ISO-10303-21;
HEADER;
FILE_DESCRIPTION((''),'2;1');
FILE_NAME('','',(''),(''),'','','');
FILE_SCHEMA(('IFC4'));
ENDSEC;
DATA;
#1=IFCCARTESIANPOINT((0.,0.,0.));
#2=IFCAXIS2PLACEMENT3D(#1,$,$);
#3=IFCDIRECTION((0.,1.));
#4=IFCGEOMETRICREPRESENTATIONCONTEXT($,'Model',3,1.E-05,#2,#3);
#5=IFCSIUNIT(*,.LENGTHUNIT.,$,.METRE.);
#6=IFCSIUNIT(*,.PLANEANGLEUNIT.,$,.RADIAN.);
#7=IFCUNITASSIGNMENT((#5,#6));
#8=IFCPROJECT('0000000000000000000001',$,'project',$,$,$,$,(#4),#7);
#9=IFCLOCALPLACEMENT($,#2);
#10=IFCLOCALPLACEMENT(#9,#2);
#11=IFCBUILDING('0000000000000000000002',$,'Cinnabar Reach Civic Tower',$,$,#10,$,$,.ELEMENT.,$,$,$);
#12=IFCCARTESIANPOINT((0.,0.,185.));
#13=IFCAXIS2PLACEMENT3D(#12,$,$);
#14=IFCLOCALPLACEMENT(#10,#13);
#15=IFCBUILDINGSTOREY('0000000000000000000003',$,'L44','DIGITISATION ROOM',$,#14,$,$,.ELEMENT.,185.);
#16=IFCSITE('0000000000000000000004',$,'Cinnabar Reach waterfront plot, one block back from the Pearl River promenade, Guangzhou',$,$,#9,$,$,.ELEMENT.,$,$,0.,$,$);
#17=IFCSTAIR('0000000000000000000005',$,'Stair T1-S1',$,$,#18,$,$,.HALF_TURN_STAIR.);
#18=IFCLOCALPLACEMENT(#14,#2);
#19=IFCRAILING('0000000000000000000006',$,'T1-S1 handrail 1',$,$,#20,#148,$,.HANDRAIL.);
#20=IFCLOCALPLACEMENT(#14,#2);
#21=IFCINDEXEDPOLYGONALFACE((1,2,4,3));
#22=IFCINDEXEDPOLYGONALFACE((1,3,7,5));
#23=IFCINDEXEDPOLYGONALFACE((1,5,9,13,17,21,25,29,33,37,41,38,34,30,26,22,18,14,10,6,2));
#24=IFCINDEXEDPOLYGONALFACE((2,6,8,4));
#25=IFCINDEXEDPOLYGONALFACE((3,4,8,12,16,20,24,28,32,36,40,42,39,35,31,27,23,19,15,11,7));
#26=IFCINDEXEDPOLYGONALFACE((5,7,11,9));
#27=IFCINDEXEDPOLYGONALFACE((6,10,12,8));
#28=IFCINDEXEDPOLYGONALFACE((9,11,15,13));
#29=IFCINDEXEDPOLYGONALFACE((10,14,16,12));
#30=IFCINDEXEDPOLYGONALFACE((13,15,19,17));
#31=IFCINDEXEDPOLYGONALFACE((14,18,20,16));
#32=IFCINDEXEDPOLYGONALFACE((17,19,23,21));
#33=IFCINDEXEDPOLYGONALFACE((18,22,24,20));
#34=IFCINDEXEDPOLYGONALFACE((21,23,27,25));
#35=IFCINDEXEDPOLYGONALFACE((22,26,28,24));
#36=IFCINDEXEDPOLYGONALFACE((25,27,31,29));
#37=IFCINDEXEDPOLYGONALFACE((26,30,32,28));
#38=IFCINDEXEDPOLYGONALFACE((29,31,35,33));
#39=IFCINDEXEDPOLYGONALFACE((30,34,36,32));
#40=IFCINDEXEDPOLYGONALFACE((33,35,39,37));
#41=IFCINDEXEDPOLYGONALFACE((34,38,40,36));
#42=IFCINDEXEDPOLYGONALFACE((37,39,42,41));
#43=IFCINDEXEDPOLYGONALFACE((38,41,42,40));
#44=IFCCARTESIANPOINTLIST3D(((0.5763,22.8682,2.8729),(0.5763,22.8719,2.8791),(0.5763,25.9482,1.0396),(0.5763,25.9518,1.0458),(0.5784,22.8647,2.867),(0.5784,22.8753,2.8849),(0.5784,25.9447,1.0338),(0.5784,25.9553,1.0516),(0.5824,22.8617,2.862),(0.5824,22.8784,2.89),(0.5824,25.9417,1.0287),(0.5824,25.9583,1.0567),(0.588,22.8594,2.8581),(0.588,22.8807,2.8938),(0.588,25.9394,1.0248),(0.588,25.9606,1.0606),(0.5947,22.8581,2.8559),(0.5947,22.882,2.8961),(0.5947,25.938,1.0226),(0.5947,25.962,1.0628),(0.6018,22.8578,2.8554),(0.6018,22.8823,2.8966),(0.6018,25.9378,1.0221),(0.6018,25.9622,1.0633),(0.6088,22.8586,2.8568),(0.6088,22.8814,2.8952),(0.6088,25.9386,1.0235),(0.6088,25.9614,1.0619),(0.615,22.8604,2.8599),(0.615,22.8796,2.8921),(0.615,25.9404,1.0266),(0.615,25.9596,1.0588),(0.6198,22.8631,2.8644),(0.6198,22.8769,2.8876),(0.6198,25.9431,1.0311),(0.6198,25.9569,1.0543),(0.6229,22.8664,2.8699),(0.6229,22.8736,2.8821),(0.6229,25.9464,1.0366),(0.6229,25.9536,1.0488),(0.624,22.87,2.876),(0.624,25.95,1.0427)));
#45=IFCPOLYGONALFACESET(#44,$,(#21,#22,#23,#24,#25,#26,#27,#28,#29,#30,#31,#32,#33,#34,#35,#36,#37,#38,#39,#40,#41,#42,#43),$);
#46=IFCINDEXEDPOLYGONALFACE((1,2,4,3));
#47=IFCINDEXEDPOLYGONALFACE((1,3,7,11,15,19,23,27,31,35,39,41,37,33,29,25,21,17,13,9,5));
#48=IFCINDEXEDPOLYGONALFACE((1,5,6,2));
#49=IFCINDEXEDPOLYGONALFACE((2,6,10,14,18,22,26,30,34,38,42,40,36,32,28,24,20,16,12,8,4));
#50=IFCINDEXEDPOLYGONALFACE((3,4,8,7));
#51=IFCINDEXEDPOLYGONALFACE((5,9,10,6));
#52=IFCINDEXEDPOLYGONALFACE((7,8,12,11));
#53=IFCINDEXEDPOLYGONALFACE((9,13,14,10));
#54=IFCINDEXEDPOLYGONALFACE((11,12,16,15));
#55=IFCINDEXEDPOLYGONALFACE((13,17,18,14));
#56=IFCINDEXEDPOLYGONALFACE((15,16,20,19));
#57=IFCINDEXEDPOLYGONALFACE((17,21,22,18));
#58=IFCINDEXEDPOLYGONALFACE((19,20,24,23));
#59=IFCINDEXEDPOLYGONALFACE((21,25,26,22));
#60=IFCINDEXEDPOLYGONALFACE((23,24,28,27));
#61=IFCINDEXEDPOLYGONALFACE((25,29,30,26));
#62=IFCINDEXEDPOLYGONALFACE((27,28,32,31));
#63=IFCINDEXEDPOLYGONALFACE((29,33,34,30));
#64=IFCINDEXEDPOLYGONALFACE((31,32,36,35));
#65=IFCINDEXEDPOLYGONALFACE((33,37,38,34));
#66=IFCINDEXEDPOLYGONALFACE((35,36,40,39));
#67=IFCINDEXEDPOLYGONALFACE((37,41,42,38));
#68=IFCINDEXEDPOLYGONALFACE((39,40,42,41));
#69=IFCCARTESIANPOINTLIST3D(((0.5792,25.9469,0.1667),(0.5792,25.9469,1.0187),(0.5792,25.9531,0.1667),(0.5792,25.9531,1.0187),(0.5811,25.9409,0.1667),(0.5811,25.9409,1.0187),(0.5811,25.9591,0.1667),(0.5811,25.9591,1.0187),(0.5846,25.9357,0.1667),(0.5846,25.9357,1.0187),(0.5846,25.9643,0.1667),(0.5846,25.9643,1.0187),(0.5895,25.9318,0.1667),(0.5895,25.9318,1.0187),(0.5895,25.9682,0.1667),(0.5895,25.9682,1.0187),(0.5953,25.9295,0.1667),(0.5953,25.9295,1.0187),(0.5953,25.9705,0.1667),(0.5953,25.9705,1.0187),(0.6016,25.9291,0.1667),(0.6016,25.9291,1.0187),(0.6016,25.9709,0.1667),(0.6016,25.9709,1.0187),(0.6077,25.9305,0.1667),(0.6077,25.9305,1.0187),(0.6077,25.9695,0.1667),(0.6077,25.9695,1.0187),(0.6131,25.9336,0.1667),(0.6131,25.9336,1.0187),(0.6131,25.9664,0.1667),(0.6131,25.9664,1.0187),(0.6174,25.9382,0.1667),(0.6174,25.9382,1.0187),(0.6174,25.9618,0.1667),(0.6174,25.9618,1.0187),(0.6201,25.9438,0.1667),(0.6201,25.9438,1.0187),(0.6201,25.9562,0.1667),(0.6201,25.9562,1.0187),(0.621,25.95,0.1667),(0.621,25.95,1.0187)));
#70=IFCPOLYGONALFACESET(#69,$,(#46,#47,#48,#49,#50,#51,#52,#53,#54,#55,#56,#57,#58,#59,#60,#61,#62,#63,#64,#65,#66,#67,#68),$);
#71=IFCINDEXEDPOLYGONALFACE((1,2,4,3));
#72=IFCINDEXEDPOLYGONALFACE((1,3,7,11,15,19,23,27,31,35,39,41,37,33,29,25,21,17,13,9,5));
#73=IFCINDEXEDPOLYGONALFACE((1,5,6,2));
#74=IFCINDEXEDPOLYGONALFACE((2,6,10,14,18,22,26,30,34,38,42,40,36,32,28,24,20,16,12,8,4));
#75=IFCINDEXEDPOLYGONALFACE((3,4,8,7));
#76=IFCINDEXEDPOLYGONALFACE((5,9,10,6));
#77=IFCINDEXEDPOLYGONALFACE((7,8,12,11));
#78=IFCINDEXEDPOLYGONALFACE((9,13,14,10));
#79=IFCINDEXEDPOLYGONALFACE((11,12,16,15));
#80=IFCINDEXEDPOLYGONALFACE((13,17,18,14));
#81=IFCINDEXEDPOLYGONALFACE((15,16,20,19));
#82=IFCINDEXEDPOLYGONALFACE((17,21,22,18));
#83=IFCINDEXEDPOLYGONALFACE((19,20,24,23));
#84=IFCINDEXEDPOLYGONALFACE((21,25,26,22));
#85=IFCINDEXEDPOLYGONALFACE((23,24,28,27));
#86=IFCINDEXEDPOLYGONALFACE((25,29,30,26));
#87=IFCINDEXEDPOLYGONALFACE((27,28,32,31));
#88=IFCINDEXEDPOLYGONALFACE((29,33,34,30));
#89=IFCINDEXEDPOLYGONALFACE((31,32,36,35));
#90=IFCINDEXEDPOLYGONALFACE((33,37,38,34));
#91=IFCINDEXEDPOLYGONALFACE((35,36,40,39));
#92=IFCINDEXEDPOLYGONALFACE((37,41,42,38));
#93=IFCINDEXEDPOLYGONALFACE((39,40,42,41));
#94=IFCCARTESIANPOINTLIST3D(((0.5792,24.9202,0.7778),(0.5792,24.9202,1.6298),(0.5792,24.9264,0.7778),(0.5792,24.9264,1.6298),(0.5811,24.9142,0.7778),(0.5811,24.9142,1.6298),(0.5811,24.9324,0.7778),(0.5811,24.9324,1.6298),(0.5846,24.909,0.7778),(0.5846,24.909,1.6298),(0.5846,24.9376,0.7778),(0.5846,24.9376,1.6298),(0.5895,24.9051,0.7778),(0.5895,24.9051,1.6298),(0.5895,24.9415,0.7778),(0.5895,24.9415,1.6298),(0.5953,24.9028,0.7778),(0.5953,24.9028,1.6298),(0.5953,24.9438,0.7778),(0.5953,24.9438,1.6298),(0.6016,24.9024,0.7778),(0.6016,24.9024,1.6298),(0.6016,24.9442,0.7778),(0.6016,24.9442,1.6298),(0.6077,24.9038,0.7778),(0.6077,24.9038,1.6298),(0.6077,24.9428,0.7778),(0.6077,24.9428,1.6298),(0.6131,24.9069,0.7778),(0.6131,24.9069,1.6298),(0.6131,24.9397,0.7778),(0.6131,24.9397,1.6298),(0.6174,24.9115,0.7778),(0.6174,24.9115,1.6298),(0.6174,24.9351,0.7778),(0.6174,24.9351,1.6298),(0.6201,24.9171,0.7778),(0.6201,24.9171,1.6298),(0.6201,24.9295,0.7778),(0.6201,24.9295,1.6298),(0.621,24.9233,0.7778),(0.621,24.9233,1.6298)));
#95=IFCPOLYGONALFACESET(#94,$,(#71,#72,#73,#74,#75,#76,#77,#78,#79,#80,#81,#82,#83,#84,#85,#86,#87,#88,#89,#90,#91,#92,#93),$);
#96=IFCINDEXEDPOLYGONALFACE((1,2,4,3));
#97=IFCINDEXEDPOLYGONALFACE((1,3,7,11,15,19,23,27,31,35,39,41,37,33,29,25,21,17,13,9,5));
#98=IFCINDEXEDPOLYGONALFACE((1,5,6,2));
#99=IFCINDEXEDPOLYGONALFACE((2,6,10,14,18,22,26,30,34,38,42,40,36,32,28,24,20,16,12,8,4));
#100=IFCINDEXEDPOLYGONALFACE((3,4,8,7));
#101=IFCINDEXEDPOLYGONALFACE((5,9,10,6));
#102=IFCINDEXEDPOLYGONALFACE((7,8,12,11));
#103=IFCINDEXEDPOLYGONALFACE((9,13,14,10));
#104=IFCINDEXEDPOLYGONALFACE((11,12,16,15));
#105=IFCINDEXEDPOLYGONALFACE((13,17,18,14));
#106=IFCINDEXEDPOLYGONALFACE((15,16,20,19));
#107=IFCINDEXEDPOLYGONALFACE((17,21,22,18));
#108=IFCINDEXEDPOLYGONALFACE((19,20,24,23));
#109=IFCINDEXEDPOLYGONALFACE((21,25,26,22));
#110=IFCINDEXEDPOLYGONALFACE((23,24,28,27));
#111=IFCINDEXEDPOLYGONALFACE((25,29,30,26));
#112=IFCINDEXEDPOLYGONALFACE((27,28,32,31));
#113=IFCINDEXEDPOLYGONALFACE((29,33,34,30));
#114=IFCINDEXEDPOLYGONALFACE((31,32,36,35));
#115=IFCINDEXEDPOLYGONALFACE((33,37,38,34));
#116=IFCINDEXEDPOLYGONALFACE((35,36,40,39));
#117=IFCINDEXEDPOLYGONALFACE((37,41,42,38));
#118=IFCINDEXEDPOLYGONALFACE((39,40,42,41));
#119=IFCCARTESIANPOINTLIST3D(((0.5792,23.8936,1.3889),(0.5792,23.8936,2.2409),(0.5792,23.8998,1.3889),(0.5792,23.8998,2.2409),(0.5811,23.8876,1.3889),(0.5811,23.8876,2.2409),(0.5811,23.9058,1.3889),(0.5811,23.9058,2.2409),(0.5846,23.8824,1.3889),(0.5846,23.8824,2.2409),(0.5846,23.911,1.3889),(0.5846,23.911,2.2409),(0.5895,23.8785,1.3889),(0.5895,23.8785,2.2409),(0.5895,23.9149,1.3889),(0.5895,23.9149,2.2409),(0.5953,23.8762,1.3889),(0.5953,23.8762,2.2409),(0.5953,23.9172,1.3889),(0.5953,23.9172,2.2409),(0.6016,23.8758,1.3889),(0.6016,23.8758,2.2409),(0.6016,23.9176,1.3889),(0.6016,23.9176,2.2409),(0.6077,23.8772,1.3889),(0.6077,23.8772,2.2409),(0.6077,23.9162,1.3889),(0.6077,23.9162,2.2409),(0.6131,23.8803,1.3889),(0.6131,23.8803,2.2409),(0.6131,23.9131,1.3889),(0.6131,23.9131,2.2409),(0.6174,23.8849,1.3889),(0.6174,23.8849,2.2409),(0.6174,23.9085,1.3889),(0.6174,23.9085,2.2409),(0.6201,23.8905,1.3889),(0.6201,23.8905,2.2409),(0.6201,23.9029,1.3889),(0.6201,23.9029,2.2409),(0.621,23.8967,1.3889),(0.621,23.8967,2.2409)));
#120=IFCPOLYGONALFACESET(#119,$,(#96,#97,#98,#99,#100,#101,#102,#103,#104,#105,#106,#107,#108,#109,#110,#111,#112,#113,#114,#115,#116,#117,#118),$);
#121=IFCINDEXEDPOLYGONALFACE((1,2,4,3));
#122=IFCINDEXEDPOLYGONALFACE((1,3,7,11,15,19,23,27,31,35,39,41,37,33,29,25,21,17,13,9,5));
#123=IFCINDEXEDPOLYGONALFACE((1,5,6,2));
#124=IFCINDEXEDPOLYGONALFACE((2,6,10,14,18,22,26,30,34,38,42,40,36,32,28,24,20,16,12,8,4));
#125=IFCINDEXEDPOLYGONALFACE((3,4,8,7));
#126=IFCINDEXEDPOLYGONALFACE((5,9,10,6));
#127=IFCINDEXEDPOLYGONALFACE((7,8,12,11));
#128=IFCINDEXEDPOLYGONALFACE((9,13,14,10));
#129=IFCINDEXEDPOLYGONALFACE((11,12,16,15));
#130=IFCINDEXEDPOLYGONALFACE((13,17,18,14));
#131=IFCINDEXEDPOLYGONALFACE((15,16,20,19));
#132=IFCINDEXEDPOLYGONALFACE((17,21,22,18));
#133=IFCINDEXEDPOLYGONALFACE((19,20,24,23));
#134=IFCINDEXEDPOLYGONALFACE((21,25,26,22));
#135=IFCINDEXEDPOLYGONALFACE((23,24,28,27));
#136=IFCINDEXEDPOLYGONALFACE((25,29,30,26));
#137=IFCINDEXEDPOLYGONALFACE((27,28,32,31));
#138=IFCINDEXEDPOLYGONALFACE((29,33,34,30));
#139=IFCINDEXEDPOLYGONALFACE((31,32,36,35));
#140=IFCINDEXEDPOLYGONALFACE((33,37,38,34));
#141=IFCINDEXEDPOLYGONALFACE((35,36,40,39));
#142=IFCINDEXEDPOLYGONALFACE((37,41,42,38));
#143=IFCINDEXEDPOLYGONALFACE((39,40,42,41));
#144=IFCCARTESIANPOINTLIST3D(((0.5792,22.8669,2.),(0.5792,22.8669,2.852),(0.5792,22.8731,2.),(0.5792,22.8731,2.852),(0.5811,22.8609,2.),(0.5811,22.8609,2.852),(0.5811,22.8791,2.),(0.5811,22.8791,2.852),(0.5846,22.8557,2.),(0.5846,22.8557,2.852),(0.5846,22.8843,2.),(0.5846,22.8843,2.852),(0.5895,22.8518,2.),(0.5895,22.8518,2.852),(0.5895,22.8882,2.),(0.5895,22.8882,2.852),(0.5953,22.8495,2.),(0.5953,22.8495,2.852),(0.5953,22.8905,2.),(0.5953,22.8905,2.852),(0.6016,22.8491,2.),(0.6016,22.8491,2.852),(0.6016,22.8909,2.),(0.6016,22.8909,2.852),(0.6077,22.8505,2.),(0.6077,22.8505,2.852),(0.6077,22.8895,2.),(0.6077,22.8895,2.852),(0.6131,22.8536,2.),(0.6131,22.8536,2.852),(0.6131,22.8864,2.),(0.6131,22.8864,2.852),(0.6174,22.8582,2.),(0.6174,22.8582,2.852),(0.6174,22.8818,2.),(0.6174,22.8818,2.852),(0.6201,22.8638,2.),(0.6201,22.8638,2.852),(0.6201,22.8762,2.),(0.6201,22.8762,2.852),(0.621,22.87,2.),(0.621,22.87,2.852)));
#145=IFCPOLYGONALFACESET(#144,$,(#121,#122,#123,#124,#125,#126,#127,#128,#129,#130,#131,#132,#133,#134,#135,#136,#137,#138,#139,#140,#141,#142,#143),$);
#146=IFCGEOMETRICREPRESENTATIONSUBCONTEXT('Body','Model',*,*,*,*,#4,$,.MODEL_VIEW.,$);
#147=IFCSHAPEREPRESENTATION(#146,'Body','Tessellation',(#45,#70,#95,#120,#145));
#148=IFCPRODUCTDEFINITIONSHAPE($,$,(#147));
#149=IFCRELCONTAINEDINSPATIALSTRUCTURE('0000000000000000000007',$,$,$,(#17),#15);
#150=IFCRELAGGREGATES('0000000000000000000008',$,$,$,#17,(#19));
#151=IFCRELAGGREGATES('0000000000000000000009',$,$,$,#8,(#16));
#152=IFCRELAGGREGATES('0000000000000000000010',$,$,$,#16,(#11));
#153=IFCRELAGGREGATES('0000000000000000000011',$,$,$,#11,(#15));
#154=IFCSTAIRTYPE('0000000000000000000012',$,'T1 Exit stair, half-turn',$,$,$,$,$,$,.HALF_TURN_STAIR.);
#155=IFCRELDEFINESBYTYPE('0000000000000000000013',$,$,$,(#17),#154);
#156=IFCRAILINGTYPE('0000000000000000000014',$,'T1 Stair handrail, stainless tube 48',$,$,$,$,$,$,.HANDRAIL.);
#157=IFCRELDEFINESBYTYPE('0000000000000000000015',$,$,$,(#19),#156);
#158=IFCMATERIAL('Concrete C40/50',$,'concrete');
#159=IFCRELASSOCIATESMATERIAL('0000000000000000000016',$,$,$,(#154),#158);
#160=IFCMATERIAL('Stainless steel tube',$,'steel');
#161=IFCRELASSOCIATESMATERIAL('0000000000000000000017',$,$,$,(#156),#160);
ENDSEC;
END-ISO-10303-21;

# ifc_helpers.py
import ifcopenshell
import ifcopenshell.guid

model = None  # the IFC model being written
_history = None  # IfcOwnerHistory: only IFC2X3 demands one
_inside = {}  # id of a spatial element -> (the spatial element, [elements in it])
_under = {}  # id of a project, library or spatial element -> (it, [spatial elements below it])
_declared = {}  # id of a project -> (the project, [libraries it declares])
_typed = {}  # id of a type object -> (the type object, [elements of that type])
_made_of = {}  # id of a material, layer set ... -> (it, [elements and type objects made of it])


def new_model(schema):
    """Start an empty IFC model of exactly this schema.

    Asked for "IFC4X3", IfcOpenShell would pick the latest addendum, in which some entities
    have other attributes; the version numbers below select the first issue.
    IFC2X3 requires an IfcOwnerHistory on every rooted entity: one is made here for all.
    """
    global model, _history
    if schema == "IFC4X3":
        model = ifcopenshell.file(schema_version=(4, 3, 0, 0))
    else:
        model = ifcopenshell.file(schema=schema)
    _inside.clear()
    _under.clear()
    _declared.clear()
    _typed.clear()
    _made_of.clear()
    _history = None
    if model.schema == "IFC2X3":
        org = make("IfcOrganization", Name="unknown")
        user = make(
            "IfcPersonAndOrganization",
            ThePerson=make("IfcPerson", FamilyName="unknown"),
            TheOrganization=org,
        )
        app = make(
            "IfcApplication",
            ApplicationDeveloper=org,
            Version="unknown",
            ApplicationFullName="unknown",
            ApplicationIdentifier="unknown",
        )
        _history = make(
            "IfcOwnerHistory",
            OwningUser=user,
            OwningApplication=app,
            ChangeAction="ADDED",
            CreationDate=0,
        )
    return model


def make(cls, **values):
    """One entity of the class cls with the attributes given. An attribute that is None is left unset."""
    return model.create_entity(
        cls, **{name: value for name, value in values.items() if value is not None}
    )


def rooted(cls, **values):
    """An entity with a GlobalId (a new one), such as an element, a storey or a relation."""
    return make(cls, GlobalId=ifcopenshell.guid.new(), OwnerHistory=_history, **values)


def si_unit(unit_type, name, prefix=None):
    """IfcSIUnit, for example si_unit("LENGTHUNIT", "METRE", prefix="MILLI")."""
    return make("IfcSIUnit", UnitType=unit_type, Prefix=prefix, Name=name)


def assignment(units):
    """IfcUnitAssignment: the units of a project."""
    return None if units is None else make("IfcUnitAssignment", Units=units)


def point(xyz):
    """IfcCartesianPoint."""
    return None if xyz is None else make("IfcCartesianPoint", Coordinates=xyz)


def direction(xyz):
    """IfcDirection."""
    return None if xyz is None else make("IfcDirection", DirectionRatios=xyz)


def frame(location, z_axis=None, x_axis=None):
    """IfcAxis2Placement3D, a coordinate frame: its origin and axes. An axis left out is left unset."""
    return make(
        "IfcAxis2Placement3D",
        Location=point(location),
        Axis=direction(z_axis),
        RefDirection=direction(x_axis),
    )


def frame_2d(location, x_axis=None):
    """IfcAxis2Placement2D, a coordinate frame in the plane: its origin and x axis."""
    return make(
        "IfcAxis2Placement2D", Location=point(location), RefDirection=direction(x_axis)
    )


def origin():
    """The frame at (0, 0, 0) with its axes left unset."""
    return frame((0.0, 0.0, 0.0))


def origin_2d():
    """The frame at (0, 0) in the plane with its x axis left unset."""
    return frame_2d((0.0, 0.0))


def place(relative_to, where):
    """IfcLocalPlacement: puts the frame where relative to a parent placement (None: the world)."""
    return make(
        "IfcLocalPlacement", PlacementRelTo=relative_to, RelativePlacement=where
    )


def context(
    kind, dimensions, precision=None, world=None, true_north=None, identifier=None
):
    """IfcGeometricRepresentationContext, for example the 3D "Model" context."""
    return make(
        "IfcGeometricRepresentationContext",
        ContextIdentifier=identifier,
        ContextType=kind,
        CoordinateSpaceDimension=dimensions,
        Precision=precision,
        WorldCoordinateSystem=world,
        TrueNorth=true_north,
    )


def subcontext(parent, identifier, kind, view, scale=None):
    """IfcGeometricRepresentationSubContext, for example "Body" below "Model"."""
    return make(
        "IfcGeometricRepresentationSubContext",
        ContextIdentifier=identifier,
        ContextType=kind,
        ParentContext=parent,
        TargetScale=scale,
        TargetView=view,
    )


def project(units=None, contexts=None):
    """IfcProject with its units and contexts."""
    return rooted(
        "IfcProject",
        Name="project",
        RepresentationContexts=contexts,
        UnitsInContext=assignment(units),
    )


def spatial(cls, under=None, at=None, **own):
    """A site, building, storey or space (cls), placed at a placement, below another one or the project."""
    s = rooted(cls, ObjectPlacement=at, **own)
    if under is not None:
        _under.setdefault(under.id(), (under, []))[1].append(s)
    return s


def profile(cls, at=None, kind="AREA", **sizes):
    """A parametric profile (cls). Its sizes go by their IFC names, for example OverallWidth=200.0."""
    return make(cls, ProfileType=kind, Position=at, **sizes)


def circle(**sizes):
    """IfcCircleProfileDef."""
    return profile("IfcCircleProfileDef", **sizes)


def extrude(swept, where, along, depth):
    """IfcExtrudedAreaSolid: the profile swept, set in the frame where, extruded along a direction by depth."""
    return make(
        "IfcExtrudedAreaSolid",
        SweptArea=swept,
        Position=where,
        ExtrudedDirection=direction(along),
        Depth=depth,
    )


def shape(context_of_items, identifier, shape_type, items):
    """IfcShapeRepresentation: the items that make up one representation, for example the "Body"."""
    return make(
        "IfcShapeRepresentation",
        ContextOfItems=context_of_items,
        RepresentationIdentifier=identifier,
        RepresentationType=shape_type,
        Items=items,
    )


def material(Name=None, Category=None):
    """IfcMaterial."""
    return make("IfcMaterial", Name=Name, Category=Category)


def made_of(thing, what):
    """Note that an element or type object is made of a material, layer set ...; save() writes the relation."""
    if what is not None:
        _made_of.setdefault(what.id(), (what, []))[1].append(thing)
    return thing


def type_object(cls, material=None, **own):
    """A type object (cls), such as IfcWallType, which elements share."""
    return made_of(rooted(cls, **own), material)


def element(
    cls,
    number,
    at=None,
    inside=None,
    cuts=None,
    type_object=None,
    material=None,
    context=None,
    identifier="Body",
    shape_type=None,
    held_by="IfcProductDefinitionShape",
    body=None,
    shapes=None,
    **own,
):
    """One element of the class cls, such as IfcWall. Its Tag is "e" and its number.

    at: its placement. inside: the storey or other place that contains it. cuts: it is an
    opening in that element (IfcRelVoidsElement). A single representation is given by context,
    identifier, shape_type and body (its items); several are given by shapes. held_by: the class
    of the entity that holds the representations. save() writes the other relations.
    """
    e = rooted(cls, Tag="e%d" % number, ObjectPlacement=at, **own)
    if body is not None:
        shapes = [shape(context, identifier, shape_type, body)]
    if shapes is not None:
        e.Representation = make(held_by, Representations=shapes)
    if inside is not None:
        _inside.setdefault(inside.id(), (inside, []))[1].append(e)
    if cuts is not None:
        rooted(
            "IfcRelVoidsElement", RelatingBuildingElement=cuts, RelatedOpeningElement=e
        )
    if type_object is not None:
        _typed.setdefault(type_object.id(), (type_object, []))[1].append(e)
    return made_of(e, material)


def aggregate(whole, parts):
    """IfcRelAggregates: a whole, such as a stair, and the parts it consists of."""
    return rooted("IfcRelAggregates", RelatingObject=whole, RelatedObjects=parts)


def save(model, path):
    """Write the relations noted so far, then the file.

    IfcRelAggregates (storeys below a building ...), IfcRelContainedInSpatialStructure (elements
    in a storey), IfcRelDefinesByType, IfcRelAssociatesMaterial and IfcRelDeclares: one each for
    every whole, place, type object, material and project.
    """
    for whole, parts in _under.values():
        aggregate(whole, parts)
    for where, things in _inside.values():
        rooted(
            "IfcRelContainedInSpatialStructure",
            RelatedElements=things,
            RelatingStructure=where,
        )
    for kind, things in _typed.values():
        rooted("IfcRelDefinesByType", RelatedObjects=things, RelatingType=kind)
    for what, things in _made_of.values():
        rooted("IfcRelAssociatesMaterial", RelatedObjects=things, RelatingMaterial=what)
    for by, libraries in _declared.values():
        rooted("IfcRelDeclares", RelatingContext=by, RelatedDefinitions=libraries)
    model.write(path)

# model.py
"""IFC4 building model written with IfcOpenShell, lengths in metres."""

from ifc_helpers import new_model, si_unit, direction, frame, origin, origin_2d, place, context, subcontext, project, spatial, circle, extrude, material, type_object, element, aggregate, save


model = new_model("IFC4")

# Units and contexts
model_context = context("Model", 3, precision=1e-05, world=origin(), true_north=direction((0.0, 1.0)))
body_context = subcontext(model_context, "Body", "Model", "MODEL_VIEW")
ifc_project = project(units=[si_unit("LENGTHUNIT", "METRE"), si_unit("PLANEANGLEUNIT", "RADIAN")], contexts=[model_context])

# Site, building, storey
site_placement = place(None, origin())
site = spatial("IfcSite", under=ifc_project, at=site_placement, Name="Cinnabar Reach waterfront plot, one block back from the Pearl River promenade, Guangzhou", CompositionType="ELEMENT", RefElevation=0.0)
building_placement = place(site_placement, origin())
building = spatial("IfcBuilding", under=site, at=building_placement, Name="Cinnabar Reach Civic Tower", CompositionType="ELEMENT")
storey_placement = place(building_placement, frame((0.0, 0.0, 185.0)))
storey = spatial("IfcBuildingStorey", under=building, at=storey_placement, Name="L44", Description="DIGITISATION ROOM", CompositionType="ELEMENT", Elevation=185.0)

# Shared definitions
ifc_material_1 = material(Name="Concrete C40/50", Category="concrete")

# Stair, railing
stair_type = type_object("IfcStairType", Name="T1 Exit stair, half-turn", PredefinedType="HALF_TURN_STAIR", material=ifc_material_1)
stair_placement = place(storey_placement, origin())
stair = element("IfcStair", 1, at=stair_placement, inside=storey, type_object=stair_type, Name="Stair T1-S1", PredefinedType="HALF_TURN_STAIR")
ifc_material_2 = material(Name="Stainless steel tube", Category="steel")
railing_type = type_object("IfcRailingType", Name="T1 Stair handrail, stainless tube 48", PredefinedType="HANDRAIL", material=ifc_material_2)
railing_1_placement = place(storey_placement, frame((0.6, 25.95, 0.1667)))
railing_1 = element("IfcRailing", 2, at=railing_1_placement, type_object=railing_type, Name="T1-S1 handrail 1", PredefinedType="HANDRAIL", context=body_context, shape_type="SweptSolid", body=[
    extrude(circle(Radius=0.024, at=origin_2d()), frame((0.0, 0.0, 0.876), z_axis=(0.0, -0.859297, 0.511477), x_axis=(1.0, 0.0, 0.0)), (0.0, 0.0, 1.0), 3.5843),
    extrude(circle(Radius=0.021, at=origin_2d()), origin(), (0.0, 0.0, 1.0), 0.852),
    extrude(circle(Radius=0.021, at=origin_2d()), frame((0.0, -1.0267, 0.6111)), (0.0, 0.0, 1.0), 0.852),
    extrude(circle(Radius=0.021, at=origin_2d()), frame((0.0, -2.0533, 1.2222)), (0.0, 0.0, 1.0), 0.852),
    extrude(circle(Radius=0.021, at=origin_2d()), frame((0.0, -3.08, 1.8333)), (0.0, 0.0, 1.0), 0.852),
])
aggregate(stair, [railing_1])

save(model, "model.ifc")
